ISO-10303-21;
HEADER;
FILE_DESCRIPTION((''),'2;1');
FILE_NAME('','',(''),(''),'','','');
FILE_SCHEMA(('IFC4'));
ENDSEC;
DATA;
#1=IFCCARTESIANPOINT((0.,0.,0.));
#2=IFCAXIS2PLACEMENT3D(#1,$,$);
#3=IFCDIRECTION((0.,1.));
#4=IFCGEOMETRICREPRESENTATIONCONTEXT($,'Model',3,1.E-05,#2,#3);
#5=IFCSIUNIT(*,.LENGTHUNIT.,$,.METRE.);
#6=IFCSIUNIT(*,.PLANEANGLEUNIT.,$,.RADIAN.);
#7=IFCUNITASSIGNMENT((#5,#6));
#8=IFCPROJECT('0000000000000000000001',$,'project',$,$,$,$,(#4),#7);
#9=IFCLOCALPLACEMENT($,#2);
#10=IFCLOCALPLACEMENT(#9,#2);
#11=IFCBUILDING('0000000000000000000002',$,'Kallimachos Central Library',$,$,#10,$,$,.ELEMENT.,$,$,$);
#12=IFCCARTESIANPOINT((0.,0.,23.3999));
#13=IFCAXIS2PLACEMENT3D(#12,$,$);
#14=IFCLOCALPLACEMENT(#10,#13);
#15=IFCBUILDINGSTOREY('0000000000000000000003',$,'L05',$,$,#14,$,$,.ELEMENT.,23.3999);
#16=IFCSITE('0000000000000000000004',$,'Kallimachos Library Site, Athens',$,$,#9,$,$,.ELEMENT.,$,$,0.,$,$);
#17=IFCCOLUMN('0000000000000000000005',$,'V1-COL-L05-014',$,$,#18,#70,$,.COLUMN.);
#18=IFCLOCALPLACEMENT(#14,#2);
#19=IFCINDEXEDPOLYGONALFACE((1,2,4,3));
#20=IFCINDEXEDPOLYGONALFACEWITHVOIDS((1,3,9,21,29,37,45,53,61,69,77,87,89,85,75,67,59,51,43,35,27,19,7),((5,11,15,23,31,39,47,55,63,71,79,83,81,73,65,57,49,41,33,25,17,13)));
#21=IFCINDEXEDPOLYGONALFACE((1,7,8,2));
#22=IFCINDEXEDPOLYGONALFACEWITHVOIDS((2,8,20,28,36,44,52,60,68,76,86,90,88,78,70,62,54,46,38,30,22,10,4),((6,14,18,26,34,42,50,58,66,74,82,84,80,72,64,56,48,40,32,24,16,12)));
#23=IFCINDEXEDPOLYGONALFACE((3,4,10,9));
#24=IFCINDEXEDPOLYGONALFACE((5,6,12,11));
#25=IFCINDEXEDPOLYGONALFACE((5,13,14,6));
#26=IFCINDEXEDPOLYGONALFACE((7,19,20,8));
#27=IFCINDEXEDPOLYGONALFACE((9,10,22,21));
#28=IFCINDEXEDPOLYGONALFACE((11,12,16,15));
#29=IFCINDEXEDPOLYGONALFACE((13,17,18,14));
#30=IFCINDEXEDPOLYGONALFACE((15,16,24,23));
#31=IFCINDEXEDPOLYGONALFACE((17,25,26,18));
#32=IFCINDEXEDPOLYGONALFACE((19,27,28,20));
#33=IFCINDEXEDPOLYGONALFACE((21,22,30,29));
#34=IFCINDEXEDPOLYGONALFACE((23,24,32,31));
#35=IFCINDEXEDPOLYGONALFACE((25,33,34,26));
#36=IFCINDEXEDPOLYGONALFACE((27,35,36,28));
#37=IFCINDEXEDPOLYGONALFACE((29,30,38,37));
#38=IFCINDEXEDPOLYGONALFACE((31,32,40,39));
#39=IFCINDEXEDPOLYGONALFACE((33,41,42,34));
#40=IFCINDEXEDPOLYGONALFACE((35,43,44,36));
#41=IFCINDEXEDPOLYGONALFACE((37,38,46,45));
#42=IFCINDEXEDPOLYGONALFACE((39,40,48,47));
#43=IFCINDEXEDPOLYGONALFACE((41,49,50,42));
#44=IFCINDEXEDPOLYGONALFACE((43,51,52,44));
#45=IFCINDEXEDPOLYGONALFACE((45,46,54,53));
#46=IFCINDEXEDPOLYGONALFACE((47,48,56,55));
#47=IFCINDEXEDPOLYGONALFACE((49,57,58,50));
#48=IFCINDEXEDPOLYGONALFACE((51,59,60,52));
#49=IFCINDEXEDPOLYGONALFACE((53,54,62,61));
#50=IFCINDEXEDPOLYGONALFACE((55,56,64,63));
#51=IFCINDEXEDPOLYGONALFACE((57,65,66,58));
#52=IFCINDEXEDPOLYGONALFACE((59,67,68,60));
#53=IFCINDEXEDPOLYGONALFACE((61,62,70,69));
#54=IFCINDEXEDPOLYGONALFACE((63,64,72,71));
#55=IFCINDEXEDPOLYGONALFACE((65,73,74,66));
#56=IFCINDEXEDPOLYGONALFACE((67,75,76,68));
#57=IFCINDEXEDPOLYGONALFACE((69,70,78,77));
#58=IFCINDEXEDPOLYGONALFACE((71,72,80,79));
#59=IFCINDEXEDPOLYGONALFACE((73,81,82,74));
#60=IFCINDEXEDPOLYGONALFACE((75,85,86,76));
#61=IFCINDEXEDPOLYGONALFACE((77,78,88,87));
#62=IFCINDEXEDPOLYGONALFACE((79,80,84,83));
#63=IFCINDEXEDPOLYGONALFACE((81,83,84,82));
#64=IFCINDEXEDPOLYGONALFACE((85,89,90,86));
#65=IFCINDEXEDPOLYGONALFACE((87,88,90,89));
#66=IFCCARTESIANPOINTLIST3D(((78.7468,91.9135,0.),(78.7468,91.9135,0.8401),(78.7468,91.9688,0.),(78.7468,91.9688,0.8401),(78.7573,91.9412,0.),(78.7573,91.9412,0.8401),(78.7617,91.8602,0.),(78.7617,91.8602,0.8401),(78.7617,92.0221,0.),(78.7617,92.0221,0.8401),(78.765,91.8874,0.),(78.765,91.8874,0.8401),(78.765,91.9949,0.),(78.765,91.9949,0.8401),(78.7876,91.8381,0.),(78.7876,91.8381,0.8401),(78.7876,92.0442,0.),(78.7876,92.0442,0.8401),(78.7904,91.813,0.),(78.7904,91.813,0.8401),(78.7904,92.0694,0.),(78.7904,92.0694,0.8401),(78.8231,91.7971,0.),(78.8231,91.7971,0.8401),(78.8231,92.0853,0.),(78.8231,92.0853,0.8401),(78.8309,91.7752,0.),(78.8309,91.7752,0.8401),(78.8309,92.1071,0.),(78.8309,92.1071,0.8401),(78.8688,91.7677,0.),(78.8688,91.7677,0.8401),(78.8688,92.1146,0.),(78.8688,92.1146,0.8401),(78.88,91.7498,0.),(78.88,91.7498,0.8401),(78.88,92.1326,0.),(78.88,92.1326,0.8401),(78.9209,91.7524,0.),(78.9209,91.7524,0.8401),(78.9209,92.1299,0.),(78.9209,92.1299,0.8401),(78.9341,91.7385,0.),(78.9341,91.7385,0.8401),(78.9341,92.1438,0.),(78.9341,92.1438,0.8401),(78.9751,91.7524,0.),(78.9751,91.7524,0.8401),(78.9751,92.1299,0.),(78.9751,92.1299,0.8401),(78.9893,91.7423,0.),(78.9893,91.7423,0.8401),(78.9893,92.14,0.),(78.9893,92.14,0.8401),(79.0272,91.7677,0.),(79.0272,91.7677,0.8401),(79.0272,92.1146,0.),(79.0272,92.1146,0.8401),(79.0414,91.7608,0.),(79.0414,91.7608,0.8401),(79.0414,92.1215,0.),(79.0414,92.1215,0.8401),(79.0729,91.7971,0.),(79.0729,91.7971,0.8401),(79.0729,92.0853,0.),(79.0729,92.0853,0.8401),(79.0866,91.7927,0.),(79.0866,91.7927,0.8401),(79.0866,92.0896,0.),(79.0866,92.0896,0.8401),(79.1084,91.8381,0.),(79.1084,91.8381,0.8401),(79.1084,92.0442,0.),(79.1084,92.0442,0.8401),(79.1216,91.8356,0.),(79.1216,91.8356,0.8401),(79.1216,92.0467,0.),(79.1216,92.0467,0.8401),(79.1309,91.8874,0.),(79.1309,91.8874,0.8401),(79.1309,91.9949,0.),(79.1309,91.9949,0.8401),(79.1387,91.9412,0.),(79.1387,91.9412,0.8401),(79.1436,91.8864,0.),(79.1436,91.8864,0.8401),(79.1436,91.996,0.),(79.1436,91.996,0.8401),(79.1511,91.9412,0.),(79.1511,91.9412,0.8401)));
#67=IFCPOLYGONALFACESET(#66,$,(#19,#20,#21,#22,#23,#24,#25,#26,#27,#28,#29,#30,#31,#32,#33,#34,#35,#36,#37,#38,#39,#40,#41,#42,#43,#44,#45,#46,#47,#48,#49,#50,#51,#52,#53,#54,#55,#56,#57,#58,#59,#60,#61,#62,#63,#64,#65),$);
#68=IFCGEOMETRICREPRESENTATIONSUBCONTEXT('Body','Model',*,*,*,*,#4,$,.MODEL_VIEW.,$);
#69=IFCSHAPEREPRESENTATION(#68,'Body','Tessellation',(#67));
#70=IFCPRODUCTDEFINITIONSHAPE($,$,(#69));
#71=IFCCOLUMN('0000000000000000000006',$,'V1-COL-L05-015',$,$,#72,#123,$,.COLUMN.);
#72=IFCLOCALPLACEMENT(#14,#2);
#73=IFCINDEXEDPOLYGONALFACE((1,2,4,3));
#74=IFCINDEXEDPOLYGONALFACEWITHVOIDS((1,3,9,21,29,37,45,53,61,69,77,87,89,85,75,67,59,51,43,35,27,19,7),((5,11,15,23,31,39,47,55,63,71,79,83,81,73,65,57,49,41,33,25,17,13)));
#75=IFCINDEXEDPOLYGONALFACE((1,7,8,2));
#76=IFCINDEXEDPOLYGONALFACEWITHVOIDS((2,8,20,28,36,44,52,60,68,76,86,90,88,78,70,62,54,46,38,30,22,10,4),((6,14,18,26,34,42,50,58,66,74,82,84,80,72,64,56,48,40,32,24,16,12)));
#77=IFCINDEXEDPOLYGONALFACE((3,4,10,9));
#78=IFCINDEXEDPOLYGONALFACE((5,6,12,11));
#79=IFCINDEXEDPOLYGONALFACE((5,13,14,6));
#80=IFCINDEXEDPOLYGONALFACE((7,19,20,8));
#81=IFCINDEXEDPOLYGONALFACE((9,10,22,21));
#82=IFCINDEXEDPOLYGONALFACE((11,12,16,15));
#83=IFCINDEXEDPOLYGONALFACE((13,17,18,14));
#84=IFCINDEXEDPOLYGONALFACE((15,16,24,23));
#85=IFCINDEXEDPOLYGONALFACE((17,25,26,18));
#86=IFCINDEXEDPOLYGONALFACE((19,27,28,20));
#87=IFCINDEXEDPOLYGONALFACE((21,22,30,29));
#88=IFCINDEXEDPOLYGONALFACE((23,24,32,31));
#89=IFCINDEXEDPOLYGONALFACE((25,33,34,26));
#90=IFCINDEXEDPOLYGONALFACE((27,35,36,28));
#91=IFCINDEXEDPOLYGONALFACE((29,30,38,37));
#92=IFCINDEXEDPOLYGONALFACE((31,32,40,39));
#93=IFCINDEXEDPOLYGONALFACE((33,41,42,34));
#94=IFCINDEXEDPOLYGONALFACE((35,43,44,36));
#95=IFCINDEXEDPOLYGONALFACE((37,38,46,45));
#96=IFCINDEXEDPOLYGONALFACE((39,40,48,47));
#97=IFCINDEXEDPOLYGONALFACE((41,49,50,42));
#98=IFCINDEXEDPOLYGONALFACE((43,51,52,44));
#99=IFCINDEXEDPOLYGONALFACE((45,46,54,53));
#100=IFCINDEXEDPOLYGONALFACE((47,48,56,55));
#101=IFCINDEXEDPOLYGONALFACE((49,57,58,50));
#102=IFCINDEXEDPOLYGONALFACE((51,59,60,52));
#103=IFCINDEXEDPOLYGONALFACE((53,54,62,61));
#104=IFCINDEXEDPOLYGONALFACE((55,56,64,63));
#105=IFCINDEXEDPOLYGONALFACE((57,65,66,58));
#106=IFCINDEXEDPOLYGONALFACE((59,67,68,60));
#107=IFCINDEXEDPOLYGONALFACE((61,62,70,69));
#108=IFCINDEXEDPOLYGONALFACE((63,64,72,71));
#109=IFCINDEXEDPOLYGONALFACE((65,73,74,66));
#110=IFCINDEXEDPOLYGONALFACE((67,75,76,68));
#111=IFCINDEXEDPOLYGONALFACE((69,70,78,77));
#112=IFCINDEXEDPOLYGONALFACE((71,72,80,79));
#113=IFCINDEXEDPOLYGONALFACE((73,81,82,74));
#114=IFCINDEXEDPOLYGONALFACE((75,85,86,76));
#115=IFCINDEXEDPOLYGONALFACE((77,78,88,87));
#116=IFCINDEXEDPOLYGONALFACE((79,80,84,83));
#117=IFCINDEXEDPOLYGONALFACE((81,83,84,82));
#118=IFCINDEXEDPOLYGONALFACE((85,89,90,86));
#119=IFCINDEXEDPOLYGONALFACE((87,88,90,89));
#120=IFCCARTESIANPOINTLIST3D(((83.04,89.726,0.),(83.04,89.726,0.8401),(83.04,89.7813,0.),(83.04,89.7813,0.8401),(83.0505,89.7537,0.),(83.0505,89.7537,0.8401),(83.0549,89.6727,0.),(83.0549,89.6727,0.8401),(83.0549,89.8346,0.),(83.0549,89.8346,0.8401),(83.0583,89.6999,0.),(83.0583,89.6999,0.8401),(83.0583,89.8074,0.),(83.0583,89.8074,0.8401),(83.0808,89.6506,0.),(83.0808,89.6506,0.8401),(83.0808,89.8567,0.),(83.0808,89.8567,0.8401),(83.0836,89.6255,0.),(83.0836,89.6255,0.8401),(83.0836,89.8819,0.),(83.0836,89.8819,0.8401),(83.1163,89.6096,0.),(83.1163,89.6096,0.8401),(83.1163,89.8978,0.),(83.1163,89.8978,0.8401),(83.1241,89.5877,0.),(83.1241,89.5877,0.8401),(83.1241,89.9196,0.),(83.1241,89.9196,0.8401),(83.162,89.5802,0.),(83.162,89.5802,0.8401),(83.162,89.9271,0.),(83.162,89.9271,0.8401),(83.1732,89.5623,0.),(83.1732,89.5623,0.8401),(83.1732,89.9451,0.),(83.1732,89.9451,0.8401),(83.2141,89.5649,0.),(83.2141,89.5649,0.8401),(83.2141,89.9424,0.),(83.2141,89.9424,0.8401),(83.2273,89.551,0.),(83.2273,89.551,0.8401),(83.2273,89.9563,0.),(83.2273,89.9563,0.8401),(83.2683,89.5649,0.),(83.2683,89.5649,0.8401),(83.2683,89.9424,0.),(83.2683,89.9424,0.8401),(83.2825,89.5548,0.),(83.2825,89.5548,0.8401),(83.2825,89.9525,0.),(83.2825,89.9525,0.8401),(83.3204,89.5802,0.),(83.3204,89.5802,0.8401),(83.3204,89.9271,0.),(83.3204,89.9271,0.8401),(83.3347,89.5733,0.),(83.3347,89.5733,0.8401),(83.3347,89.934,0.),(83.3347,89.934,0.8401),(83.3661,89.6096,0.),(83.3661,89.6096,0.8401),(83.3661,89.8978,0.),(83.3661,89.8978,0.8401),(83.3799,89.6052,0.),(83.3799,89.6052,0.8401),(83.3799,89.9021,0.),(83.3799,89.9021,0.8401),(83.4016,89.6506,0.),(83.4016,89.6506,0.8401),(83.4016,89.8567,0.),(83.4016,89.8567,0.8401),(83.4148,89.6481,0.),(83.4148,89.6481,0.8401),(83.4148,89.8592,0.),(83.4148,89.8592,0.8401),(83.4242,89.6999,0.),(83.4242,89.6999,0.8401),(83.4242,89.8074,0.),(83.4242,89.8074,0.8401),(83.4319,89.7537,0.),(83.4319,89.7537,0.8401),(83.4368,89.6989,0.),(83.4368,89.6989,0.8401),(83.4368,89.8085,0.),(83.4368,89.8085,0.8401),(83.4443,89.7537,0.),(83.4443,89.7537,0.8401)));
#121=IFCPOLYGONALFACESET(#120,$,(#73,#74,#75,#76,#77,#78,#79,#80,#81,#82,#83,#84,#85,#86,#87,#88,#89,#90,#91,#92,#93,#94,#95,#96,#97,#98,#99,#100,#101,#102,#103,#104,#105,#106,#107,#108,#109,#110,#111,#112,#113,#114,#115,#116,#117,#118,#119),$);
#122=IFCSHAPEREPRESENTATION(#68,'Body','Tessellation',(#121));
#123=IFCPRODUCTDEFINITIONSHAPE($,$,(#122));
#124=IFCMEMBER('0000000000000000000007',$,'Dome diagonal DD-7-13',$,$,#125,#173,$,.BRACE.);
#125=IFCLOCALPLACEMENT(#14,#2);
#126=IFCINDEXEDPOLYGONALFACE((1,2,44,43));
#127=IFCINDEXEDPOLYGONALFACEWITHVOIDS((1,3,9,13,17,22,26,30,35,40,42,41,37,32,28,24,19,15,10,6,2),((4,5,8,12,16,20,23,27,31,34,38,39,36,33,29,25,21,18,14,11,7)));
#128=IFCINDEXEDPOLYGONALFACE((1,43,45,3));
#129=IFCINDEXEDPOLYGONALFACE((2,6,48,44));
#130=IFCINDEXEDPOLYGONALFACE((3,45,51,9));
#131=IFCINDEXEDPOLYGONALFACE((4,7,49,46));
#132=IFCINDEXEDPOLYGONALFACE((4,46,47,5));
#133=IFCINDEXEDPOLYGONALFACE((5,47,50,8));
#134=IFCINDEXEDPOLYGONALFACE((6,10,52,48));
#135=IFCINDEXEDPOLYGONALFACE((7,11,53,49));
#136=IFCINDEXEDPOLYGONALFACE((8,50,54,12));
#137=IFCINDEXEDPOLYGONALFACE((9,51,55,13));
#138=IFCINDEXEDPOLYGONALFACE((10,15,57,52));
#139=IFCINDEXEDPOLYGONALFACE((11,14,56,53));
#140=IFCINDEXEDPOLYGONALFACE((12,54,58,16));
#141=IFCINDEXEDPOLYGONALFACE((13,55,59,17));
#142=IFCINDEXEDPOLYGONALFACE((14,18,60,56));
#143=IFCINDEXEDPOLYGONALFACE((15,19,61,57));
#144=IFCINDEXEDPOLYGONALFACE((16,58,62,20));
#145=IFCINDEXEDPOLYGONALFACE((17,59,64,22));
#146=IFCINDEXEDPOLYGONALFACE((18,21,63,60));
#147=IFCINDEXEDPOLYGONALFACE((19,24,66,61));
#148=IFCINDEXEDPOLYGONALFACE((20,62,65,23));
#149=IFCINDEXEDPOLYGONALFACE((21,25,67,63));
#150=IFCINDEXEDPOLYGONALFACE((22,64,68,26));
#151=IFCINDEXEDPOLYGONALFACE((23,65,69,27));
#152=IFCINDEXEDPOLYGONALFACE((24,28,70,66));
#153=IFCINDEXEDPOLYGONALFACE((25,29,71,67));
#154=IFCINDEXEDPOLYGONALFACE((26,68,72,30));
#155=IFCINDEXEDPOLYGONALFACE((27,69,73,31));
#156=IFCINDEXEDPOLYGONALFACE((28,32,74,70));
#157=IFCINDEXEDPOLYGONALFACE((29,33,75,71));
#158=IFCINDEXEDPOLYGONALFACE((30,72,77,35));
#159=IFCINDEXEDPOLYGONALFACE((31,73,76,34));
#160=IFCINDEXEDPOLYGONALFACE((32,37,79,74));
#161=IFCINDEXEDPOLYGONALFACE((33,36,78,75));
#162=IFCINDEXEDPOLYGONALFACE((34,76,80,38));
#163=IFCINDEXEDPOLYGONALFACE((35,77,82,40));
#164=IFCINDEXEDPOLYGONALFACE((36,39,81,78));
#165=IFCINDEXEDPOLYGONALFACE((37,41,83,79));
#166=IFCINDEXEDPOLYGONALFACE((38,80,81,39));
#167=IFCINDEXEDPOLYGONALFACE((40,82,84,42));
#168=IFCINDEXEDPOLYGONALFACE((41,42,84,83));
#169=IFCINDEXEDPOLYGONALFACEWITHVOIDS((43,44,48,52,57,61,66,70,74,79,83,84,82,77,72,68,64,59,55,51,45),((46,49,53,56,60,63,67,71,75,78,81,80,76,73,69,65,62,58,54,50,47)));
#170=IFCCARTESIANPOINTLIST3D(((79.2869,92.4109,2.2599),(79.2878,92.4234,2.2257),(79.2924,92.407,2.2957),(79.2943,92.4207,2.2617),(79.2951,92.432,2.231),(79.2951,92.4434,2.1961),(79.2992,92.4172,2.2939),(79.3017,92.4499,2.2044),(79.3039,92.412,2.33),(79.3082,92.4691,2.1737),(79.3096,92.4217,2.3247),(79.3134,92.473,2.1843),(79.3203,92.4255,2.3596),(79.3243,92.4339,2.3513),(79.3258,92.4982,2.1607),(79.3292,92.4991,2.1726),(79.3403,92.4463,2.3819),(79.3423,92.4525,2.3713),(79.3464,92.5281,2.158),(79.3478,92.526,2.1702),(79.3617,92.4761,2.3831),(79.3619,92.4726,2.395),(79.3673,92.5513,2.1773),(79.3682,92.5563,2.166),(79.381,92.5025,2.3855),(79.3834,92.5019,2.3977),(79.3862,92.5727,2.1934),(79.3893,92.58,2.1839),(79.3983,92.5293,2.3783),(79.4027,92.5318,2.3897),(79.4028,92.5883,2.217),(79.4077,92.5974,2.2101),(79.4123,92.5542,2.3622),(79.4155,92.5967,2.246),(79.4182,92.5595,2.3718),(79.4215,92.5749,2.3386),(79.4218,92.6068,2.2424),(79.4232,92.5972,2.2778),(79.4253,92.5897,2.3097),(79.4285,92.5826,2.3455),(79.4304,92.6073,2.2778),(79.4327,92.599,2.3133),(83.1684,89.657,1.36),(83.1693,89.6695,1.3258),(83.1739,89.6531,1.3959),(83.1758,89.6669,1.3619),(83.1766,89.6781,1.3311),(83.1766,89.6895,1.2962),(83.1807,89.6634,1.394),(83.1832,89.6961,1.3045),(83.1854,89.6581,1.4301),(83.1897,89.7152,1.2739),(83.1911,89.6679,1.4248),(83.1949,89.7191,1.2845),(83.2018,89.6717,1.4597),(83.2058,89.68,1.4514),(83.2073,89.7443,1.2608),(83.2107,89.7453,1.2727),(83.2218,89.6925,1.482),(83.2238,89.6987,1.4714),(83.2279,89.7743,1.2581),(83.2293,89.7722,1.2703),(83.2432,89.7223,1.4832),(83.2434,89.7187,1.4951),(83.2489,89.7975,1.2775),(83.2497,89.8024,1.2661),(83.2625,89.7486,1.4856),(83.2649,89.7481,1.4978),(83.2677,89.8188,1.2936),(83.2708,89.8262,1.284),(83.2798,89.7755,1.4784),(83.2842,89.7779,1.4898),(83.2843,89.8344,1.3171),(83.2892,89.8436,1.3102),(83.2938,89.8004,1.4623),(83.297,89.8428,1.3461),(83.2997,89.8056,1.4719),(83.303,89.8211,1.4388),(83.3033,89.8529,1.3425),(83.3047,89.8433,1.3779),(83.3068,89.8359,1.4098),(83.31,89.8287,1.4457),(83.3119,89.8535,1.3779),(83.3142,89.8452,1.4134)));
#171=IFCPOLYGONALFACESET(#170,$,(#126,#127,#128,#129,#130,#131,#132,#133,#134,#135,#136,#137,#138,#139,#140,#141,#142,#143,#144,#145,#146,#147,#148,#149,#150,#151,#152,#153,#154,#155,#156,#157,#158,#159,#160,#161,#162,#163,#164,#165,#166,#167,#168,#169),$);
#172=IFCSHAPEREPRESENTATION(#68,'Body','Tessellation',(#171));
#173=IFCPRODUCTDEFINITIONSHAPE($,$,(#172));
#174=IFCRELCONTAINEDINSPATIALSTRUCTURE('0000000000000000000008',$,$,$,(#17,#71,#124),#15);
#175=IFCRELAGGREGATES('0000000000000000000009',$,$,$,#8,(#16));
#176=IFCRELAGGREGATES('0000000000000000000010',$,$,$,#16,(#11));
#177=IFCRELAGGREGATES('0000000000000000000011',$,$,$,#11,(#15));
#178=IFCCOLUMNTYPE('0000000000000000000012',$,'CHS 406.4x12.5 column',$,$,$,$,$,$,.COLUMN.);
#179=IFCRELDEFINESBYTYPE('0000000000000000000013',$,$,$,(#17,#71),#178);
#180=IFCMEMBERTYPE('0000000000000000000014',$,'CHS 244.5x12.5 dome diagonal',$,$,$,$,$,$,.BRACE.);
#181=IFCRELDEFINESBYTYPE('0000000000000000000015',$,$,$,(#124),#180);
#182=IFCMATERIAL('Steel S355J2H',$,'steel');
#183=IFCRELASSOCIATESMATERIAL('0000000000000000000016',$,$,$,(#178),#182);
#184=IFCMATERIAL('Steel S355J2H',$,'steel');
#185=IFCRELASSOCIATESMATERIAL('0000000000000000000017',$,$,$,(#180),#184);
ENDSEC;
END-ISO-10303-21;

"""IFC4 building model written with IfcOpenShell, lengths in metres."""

from ifc_helpers import new_model, si_unit, direction, frame, origin, origin_2d, place, context, subcontext, project, spatial, hollow_circle, extrude, material, material_profile, profile_set, type_object, element, save


model = new_model("IFC4")

# Units and contexts
model_context = context("Model", 3, precision=1e-05, world=origin(), true_north=direction((0.0, 1.0)))
body_context = subcontext(model_context, "Body", "Model", "MODEL_VIEW")
ifc_project = project(units=[si_unit("LENGTHUNIT", "METRE"), si_unit("PLANEANGLEUNIT", "RADIAN")], contexts=[model_context])

# Site, building, storey
site_placement = place(None, origin())
site = spatial("IfcSite", under=ifc_project, at=site_placement, Name="Kallimachos Library Site, Athens", CompositionType="ELEMENT", RefElevation=0.0)
building_placement = place(site_placement, origin())
building = spatial("IfcBuilding", under=site, at=building_placement, Name="Kallimachos Central Library", CompositionType="ELEMENT")
storey_placement = place(building_placement, frame((0.0, 0.0, 23.3999)))
storey = spatial("IfcBuildingStorey", under=building, at=storey_placement, Name="L05", CompositionType="ELEMENT", Elevation=23.3999)

# Columns
ifc_material_1 = material(Name="Steel S355J2H", Category="steel")
ifc_material_profile_1 = material_profile(ifc_material_1, hollow_circle(Radius=0.2031, WallThickness=0.0125, at=origin_2d()), Name="CHS 406.4x12.5")
ifc_profile_set_1 = profile_set([ifc_material_profile_1], Name="Steel S355J2H")
column_type = type_object("IfcColumnType", Name="CHS 406.4x12.5 column", PredefinedType="COLUMN", material=ifc_profile_set_1)
for number, where, z_axis, x_axis, name in (
    (1, (78.948, 91.9412, 0.0), (0.0, 0.0, 1.0), (1.0, 0.0, 0.0), "V1-COL-L05-014"),
    (2, (83.2412, 89.7537, 0.0), (0.0, 0.0, 1.0), (1.0, 0.0, 0.0), "V1-COL-L05-015"),
):
    element("IfcColumn", number, at=place(storey_placement, frame(where, z_axis=z_axis, x_axis=x_axis)), inside=storey, type_object=column_type, Name=name, PredefinedType="COLUMN", context=body_context, shape_type="SweptSolid", body=[
        extrude(hollow_circle(Radius=0.2031, WallThickness=0.0125, at=origin_2d()), origin(), (0.0, 0.0, 1.0), 0.8401),
    ])

# Member
ifc_material_2 = material(Name="Steel S355J2H", Category="steel")
ifc_material_profile_2 = material_profile(ifc_material_2, hollow_circle(Radius=0.1223, WallThickness=0.0125, at=origin_2d()), Name="CHS 244.5x12.5")
ifc_profile_set_2 = profile_set([ifc_material_profile_2], Name="Steel S355J2H")
member_type_1 = type_object("IfcMemberType", Name="CHS 244.5x12.5 dome diagonal", PredefinedType="BRACE", material=ifc_profile_set_2)
member_1_placement = place(storey_placement, frame((79.3596, 92.5076, 2.2778), z_axis=(0.801384, -0.568565, -0.185792), x_axis=(0.578639, 0.815584, 0.0)))
element("IfcMember", 3, at=member_1_placement, inside=storey, type_object=member_type_1, Name="Dome diagonal DD-7-13", PredefinedType="BRACE", context=body_context, shape_type="SweptSolid", body=[
    extrude(hollow_circle(Radius=0.1223, WallThickness=0.0125, at=origin_2d()), origin(), (0.0, 0.0, 1.0), 4.8435),
])

save(model, "model.ifc")
